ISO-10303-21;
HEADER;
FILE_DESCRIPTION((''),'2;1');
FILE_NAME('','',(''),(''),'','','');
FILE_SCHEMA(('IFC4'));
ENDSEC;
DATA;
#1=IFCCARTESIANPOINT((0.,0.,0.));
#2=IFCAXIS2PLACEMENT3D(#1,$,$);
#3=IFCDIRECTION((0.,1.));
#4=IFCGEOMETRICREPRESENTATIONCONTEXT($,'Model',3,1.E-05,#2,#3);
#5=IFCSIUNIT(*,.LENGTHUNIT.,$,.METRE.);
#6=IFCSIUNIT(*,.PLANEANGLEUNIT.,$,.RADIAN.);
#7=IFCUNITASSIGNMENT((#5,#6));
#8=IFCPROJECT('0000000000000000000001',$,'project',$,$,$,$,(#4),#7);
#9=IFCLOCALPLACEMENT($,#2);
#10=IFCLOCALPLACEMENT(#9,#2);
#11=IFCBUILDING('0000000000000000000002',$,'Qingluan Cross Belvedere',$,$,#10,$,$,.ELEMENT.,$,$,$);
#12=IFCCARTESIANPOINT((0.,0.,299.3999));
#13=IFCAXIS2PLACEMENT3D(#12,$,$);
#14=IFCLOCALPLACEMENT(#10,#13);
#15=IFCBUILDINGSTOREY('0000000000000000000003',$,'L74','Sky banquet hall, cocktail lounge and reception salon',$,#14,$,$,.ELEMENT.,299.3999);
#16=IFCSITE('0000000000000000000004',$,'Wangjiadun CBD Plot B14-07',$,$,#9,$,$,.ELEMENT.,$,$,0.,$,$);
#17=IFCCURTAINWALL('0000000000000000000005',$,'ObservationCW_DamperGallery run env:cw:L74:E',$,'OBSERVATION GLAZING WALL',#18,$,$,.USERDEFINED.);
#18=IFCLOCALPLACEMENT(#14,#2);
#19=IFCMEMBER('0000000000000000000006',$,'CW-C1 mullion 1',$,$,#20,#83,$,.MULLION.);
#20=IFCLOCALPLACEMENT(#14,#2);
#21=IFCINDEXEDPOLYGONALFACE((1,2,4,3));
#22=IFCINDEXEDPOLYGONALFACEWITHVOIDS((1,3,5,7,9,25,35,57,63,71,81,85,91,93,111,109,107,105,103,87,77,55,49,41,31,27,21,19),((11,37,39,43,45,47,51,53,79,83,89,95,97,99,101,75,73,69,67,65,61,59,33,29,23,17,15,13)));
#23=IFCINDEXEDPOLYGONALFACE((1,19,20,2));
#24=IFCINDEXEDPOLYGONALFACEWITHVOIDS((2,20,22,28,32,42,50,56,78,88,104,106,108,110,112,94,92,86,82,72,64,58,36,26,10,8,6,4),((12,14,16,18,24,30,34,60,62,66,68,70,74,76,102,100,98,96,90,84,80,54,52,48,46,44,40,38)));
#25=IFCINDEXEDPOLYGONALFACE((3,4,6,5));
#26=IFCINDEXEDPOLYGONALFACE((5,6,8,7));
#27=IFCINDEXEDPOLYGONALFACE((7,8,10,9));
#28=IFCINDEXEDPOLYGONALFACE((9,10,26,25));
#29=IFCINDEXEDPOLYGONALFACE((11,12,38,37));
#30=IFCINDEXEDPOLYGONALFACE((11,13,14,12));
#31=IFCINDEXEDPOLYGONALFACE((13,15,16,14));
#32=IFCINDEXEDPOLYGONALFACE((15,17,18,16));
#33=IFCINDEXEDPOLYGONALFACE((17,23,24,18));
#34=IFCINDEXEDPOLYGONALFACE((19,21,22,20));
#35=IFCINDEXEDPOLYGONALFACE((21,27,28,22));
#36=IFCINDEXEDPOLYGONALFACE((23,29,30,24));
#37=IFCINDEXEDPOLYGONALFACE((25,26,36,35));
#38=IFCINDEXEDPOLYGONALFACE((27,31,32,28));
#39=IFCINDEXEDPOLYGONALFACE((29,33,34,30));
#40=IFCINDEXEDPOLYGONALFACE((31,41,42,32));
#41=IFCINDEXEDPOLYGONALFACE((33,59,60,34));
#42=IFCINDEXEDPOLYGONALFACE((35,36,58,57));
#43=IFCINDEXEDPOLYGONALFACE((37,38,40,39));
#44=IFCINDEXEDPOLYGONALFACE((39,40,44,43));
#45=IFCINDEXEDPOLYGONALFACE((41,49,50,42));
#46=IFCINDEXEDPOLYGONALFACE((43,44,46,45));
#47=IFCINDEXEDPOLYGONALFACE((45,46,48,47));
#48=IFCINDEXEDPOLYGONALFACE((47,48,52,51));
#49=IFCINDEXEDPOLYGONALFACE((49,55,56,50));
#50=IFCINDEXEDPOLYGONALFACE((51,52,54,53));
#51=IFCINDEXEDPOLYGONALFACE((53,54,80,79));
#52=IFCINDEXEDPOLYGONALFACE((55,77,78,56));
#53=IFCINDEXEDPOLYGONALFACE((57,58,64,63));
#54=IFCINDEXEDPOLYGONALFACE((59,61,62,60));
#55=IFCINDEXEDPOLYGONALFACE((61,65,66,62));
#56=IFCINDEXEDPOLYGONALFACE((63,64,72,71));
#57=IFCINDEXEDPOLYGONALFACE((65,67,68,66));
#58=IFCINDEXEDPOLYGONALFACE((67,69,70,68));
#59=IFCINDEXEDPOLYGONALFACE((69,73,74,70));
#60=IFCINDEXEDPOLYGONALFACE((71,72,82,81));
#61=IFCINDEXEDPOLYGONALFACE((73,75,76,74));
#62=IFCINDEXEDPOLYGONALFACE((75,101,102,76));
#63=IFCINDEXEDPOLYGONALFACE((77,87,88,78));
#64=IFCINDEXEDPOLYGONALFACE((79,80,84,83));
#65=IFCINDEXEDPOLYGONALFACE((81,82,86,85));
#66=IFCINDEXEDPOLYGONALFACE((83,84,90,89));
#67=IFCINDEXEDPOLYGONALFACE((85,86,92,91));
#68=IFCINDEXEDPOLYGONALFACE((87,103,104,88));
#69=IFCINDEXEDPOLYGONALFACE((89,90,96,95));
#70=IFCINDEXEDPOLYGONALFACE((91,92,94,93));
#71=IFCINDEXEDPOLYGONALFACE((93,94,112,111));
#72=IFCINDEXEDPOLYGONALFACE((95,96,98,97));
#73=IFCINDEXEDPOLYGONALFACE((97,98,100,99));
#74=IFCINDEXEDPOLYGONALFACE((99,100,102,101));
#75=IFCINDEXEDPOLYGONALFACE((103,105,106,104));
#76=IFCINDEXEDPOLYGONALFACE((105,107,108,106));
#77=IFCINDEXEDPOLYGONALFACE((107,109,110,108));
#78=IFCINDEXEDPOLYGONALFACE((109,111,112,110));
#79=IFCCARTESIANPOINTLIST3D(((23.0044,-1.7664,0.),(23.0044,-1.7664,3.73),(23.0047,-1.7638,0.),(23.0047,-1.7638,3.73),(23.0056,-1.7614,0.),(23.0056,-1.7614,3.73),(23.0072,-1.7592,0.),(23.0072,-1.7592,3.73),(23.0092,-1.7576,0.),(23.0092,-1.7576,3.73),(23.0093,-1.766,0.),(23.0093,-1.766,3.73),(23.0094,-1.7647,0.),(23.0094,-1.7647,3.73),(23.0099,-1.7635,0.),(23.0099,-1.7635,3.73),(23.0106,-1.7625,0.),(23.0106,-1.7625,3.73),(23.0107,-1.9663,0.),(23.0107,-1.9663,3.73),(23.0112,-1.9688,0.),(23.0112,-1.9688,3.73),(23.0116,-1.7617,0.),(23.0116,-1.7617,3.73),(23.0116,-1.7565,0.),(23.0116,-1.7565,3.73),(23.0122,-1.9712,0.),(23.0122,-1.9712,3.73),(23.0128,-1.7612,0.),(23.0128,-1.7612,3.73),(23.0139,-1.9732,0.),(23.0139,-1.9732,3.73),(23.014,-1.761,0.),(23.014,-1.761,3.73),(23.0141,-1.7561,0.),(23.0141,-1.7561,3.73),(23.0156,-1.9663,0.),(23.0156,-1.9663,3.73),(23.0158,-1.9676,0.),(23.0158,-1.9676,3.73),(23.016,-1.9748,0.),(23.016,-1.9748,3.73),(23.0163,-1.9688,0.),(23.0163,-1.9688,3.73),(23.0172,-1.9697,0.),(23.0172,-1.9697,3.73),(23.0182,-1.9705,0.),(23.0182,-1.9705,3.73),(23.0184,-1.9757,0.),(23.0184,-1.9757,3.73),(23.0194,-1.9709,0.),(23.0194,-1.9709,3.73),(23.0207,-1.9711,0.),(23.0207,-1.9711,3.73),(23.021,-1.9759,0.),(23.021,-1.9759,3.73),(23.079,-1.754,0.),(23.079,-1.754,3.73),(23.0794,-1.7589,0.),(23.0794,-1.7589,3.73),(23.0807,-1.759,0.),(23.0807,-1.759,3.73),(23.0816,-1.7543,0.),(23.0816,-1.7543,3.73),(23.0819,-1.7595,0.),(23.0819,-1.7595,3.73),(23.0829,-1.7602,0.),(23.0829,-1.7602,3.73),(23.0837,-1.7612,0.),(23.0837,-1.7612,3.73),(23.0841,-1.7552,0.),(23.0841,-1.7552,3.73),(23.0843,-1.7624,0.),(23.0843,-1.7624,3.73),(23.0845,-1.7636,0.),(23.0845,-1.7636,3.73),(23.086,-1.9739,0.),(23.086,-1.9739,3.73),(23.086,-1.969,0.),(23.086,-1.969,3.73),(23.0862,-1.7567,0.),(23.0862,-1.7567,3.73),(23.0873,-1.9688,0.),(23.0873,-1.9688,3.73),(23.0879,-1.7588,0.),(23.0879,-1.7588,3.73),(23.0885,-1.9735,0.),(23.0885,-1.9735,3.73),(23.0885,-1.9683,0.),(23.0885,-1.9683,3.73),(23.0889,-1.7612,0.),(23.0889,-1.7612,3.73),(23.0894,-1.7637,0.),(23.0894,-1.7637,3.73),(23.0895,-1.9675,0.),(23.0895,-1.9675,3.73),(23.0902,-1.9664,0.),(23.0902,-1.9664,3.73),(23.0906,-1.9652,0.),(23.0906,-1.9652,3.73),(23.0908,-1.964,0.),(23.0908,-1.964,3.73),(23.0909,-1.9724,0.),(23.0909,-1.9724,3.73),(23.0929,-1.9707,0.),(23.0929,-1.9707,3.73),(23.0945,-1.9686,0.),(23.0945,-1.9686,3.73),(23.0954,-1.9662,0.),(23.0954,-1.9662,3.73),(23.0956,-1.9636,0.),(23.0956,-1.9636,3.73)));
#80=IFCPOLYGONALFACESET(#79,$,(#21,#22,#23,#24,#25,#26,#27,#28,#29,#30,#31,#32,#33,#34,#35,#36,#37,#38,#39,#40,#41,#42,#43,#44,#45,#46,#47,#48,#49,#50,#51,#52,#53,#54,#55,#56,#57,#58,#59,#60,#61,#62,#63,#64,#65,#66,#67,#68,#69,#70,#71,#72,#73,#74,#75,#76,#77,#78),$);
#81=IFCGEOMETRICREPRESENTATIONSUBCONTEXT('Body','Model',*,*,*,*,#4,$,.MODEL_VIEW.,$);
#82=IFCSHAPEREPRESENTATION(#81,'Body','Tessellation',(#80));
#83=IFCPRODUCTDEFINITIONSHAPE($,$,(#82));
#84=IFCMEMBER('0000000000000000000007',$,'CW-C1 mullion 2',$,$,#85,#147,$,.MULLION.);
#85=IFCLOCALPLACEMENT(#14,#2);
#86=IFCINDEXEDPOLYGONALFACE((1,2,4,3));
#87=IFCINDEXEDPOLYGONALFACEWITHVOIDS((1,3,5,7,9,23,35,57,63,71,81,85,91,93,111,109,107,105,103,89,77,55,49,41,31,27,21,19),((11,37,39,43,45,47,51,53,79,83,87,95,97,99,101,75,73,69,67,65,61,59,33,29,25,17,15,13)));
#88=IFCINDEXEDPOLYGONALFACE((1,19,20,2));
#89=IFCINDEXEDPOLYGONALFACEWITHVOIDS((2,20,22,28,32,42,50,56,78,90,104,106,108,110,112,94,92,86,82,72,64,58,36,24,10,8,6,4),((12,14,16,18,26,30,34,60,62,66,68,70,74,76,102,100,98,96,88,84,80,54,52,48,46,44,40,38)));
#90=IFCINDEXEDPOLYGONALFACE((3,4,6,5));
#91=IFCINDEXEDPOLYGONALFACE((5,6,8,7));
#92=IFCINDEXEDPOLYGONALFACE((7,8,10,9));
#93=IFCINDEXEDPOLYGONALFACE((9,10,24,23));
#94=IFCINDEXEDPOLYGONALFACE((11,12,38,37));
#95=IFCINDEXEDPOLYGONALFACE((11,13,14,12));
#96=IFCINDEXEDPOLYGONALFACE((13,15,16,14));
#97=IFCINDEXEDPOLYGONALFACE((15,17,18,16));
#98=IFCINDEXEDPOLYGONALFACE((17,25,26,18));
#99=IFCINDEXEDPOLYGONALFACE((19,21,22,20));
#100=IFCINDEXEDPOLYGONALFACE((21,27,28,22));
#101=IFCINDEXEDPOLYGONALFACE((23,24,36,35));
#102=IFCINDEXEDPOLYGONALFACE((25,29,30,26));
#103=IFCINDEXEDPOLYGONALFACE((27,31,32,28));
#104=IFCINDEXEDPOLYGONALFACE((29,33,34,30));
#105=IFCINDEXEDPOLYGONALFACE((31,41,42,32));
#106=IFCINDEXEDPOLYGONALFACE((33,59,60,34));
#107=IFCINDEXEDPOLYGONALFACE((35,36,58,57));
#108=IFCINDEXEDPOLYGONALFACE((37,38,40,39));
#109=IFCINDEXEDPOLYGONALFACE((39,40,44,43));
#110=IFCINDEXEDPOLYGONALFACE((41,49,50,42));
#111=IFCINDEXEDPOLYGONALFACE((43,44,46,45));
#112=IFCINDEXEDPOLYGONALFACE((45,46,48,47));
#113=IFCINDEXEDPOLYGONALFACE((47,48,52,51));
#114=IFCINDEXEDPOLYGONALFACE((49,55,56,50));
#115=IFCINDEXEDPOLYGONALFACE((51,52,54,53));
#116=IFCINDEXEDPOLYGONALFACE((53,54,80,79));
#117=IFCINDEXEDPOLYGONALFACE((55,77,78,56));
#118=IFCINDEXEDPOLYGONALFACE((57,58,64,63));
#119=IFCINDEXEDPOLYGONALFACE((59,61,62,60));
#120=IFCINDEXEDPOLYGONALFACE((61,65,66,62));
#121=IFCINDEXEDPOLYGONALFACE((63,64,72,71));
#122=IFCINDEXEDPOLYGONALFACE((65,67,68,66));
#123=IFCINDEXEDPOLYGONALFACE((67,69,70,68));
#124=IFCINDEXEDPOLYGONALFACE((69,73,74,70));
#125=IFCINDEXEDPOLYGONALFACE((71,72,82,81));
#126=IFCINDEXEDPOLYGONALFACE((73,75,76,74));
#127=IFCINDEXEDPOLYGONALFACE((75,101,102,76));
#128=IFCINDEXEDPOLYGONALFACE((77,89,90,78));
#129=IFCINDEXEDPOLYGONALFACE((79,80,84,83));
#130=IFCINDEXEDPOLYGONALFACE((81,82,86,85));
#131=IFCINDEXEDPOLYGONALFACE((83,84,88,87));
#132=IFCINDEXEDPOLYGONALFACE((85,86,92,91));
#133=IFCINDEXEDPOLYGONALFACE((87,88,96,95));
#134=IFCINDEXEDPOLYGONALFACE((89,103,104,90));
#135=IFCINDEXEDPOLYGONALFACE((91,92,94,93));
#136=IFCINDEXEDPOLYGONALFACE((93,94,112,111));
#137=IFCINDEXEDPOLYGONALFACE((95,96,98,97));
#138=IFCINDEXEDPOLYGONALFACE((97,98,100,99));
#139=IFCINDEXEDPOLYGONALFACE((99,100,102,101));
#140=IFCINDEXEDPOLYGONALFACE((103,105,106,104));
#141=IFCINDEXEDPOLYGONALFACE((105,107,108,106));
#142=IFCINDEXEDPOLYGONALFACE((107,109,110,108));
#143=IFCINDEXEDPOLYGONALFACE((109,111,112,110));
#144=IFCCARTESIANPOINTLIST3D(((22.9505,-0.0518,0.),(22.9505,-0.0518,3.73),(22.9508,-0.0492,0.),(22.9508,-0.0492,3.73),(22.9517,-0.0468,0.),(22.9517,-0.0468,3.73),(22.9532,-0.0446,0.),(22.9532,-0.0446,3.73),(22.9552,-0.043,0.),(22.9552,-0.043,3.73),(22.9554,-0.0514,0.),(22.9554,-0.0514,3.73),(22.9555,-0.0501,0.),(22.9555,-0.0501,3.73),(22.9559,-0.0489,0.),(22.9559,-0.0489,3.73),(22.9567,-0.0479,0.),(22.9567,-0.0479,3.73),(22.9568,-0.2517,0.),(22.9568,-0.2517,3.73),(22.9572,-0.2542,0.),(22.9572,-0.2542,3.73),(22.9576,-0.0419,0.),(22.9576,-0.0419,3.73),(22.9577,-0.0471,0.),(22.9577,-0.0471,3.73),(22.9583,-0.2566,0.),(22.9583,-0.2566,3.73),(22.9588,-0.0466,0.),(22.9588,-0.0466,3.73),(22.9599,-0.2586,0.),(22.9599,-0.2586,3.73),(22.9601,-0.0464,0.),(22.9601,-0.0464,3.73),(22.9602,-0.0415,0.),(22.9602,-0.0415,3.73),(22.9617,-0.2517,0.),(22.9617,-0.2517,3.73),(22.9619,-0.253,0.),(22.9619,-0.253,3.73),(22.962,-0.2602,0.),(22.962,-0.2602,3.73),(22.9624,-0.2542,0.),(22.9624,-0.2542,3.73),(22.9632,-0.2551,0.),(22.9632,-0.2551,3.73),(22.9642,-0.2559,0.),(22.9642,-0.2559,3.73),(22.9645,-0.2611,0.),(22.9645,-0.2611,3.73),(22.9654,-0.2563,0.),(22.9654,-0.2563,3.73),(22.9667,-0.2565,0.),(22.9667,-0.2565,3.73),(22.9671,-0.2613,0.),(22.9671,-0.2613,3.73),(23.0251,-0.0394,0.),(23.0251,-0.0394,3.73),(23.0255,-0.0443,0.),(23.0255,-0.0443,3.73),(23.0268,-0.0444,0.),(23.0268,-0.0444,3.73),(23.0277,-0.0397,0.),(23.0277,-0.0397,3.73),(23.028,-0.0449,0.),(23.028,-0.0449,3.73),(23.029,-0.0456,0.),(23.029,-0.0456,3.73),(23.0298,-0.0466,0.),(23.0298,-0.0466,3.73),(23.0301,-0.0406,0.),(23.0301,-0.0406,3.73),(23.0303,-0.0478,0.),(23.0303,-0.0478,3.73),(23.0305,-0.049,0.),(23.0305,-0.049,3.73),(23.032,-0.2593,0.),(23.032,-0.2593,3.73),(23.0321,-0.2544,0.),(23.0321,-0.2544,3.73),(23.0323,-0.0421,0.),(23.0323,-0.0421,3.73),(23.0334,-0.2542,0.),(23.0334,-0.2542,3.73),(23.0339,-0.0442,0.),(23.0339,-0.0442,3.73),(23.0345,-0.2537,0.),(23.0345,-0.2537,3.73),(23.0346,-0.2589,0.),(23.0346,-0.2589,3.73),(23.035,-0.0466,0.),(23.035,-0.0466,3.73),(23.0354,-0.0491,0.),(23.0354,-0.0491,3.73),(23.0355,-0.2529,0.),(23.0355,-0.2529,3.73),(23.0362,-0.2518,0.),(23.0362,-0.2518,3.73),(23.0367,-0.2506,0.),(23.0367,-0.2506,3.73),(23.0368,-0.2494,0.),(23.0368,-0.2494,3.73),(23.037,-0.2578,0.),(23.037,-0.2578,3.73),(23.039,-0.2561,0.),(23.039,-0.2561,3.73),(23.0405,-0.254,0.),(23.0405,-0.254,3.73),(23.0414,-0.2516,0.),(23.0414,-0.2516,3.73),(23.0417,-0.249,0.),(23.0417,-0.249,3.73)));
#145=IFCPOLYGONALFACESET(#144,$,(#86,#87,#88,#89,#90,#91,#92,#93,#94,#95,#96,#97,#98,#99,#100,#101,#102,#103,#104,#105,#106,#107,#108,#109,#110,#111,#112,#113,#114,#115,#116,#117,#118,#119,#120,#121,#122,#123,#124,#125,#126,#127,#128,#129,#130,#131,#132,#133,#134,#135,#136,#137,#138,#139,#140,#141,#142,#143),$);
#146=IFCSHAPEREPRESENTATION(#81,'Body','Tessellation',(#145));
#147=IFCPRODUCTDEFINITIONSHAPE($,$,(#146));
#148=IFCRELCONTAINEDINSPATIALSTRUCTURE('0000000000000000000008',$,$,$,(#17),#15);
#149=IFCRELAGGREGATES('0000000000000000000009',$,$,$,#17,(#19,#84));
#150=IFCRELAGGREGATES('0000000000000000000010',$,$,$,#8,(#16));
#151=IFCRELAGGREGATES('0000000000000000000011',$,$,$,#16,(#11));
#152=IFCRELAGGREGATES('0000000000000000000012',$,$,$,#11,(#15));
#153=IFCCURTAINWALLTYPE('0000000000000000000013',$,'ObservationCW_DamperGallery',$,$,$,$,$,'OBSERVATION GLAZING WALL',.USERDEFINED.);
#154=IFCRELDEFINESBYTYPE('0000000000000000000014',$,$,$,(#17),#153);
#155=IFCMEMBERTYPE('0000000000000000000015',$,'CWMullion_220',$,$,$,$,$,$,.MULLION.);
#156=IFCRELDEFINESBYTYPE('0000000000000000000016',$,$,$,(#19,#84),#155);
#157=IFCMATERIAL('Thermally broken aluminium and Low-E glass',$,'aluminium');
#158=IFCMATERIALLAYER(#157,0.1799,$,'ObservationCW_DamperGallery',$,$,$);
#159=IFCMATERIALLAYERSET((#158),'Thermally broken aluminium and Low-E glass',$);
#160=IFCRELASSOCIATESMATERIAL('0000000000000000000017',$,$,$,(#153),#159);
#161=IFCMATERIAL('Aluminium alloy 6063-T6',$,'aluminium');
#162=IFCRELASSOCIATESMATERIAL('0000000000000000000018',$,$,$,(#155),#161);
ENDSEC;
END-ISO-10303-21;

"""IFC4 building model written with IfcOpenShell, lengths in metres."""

from ifc_helpers import new_model, si_unit, direction, frame, origin, origin_2d, place, context, subcontext, project, spatial, hollow_rectangle, extrude, material, layer, layer_set, material_profile, profile_set, type_object, element, aggregate, save


model = new_model("IFC4")

# Units and contexts
model_context = context("Model", 3, precision=1e-05, world=origin(), true_north=direction((0.0, 1.0)))
body_context = subcontext(model_context, "Body", "Model", "MODEL_VIEW")
ifc_project = project(units=[si_unit("LENGTHUNIT", "METRE"), si_unit("PLANEANGLEUNIT", "RADIAN")], contexts=[model_context])

# Site, building, storey
site_placement = place(None, origin())
site = spatial("IfcSite", under=ifc_project, at=site_placement, Name="Wangjiadun CBD Plot B14-07", CompositionType="ELEMENT", RefElevation=0.0)
building_placement = place(site_placement, origin())
building = spatial("IfcBuilding", under=site, at=building_placement, Name="Qingluan Cross Belvedere", CompositionType="ELEMENT")
storey_placement = place(building_placement, frame((0.0, 0.0, 299.3999)))
storey = spatial("IfcBuildingStorey", under=building, at=storey_placement, Name="L74", Description="Sky banquet hall, cocktail lounge and reception salon", CompositionType="ELEMENT", Elevation=299.3999)

# Curtain wall, members
ifc_material_1 = material(Name="Thermally broken aluminium and Low-E glass", Category="aluminium")
ifc_layer_1 = layer(ifc_material_1, 0.1799, Name="ObservationCW_DamperGallery")
ifc_layer_set_1 = layer_set([ifc_layer_1], Name="Thermally broken aluminium and Low-E glass")
curtain_wall_type = type_object("IfcCurtainWallType", Name="ObservationCW_DamperGallery", ElementType="OBSERVATION GLAZING WALL", PredefinedType="USERDEFINED", material=ifc_layer_set_1)
curtain_wall_placement = place(storey_placement, origin())
curtain_wall = element("IfcCurtainWall", 1, at=curtain_wall_placement, inside=storey, type_object=curtain_wall_type, Name="ObservationCW_DamperGallery run env:cw:L74:E", ObjectType="OBSERVATION GLAZING WALL", PredefinedType="USERDEFINED")
ifc_material_2 = material(Name="Aluminium alloy 6063-T6", Category="aluminium")
ifc_material_profile_1 = material_profile(ifc_material_2, hollow_rectangle(XDim=0.085, YDim=0.22, WallThickness=0.0049, InnerFilletRadius=0.0049, OuterFilletRadius=0.01, at=origin_2d()), Name="CWM220x85x5")
ifc_profile_set_1 = profile_set([ifc_material_profile_1], Name="Aluminium alloy 6063-T6")
member_type_1 = type_object("IfcMemberType", Name="CWMullion_220", PredefinedType="MULLION", material=ifc_profile_set_1)
member_1_placement = place(storey_placement, frame((23.05, -1.865, 0.0), z_axis=(0.0, 0.0, 1.0), x_axis=(-0.999506, -0.031417, 0.0)))
member_1 = element("IfcMember", 2, at=member_1_placement, type_object=member_type_1, Name="CW-C1 mullion 1", PredefinedType="MULLION", context=body_context, shape_type="SweptSolid", body=[
    extrude(hollow_rectangle(XDim=0.085, YDim=0.22, WallThickness=0.0049, InnerFilletRadius=0.0049, OuterFilletRadius=0.01, at=origin_2d()), origin(), (0.0, 0.0, 1.0), 3.73),
])
member_2_placement = place(storey_placement, frame((22.9961, -0.1504, 0.0), z_axis=(0.0, 0.0, 1.0), x_axis=(-0.999506, -0.031417, 0.0)))
member_2 = element("IfcMember", 3, at=member_2_placement, type_object=member_type_1, Name="CW-C1 mullion 2", PredefinedType="MULLION", context=body_context, shape_type="SweptSolid", body=[
    extrude(hollow_rectangle(XDim=0.085, YDim=0.22, WallThickness=0.0049, InnerFilletRadius=0.0049, OuterFilletRadius=0.01, at=origin_2d()), origin(), (0.0, 0.0, 1.0), 3.73),
])

aggregate(curtain_wall, [member_1, member_2])

save(model, "model.ifc")
